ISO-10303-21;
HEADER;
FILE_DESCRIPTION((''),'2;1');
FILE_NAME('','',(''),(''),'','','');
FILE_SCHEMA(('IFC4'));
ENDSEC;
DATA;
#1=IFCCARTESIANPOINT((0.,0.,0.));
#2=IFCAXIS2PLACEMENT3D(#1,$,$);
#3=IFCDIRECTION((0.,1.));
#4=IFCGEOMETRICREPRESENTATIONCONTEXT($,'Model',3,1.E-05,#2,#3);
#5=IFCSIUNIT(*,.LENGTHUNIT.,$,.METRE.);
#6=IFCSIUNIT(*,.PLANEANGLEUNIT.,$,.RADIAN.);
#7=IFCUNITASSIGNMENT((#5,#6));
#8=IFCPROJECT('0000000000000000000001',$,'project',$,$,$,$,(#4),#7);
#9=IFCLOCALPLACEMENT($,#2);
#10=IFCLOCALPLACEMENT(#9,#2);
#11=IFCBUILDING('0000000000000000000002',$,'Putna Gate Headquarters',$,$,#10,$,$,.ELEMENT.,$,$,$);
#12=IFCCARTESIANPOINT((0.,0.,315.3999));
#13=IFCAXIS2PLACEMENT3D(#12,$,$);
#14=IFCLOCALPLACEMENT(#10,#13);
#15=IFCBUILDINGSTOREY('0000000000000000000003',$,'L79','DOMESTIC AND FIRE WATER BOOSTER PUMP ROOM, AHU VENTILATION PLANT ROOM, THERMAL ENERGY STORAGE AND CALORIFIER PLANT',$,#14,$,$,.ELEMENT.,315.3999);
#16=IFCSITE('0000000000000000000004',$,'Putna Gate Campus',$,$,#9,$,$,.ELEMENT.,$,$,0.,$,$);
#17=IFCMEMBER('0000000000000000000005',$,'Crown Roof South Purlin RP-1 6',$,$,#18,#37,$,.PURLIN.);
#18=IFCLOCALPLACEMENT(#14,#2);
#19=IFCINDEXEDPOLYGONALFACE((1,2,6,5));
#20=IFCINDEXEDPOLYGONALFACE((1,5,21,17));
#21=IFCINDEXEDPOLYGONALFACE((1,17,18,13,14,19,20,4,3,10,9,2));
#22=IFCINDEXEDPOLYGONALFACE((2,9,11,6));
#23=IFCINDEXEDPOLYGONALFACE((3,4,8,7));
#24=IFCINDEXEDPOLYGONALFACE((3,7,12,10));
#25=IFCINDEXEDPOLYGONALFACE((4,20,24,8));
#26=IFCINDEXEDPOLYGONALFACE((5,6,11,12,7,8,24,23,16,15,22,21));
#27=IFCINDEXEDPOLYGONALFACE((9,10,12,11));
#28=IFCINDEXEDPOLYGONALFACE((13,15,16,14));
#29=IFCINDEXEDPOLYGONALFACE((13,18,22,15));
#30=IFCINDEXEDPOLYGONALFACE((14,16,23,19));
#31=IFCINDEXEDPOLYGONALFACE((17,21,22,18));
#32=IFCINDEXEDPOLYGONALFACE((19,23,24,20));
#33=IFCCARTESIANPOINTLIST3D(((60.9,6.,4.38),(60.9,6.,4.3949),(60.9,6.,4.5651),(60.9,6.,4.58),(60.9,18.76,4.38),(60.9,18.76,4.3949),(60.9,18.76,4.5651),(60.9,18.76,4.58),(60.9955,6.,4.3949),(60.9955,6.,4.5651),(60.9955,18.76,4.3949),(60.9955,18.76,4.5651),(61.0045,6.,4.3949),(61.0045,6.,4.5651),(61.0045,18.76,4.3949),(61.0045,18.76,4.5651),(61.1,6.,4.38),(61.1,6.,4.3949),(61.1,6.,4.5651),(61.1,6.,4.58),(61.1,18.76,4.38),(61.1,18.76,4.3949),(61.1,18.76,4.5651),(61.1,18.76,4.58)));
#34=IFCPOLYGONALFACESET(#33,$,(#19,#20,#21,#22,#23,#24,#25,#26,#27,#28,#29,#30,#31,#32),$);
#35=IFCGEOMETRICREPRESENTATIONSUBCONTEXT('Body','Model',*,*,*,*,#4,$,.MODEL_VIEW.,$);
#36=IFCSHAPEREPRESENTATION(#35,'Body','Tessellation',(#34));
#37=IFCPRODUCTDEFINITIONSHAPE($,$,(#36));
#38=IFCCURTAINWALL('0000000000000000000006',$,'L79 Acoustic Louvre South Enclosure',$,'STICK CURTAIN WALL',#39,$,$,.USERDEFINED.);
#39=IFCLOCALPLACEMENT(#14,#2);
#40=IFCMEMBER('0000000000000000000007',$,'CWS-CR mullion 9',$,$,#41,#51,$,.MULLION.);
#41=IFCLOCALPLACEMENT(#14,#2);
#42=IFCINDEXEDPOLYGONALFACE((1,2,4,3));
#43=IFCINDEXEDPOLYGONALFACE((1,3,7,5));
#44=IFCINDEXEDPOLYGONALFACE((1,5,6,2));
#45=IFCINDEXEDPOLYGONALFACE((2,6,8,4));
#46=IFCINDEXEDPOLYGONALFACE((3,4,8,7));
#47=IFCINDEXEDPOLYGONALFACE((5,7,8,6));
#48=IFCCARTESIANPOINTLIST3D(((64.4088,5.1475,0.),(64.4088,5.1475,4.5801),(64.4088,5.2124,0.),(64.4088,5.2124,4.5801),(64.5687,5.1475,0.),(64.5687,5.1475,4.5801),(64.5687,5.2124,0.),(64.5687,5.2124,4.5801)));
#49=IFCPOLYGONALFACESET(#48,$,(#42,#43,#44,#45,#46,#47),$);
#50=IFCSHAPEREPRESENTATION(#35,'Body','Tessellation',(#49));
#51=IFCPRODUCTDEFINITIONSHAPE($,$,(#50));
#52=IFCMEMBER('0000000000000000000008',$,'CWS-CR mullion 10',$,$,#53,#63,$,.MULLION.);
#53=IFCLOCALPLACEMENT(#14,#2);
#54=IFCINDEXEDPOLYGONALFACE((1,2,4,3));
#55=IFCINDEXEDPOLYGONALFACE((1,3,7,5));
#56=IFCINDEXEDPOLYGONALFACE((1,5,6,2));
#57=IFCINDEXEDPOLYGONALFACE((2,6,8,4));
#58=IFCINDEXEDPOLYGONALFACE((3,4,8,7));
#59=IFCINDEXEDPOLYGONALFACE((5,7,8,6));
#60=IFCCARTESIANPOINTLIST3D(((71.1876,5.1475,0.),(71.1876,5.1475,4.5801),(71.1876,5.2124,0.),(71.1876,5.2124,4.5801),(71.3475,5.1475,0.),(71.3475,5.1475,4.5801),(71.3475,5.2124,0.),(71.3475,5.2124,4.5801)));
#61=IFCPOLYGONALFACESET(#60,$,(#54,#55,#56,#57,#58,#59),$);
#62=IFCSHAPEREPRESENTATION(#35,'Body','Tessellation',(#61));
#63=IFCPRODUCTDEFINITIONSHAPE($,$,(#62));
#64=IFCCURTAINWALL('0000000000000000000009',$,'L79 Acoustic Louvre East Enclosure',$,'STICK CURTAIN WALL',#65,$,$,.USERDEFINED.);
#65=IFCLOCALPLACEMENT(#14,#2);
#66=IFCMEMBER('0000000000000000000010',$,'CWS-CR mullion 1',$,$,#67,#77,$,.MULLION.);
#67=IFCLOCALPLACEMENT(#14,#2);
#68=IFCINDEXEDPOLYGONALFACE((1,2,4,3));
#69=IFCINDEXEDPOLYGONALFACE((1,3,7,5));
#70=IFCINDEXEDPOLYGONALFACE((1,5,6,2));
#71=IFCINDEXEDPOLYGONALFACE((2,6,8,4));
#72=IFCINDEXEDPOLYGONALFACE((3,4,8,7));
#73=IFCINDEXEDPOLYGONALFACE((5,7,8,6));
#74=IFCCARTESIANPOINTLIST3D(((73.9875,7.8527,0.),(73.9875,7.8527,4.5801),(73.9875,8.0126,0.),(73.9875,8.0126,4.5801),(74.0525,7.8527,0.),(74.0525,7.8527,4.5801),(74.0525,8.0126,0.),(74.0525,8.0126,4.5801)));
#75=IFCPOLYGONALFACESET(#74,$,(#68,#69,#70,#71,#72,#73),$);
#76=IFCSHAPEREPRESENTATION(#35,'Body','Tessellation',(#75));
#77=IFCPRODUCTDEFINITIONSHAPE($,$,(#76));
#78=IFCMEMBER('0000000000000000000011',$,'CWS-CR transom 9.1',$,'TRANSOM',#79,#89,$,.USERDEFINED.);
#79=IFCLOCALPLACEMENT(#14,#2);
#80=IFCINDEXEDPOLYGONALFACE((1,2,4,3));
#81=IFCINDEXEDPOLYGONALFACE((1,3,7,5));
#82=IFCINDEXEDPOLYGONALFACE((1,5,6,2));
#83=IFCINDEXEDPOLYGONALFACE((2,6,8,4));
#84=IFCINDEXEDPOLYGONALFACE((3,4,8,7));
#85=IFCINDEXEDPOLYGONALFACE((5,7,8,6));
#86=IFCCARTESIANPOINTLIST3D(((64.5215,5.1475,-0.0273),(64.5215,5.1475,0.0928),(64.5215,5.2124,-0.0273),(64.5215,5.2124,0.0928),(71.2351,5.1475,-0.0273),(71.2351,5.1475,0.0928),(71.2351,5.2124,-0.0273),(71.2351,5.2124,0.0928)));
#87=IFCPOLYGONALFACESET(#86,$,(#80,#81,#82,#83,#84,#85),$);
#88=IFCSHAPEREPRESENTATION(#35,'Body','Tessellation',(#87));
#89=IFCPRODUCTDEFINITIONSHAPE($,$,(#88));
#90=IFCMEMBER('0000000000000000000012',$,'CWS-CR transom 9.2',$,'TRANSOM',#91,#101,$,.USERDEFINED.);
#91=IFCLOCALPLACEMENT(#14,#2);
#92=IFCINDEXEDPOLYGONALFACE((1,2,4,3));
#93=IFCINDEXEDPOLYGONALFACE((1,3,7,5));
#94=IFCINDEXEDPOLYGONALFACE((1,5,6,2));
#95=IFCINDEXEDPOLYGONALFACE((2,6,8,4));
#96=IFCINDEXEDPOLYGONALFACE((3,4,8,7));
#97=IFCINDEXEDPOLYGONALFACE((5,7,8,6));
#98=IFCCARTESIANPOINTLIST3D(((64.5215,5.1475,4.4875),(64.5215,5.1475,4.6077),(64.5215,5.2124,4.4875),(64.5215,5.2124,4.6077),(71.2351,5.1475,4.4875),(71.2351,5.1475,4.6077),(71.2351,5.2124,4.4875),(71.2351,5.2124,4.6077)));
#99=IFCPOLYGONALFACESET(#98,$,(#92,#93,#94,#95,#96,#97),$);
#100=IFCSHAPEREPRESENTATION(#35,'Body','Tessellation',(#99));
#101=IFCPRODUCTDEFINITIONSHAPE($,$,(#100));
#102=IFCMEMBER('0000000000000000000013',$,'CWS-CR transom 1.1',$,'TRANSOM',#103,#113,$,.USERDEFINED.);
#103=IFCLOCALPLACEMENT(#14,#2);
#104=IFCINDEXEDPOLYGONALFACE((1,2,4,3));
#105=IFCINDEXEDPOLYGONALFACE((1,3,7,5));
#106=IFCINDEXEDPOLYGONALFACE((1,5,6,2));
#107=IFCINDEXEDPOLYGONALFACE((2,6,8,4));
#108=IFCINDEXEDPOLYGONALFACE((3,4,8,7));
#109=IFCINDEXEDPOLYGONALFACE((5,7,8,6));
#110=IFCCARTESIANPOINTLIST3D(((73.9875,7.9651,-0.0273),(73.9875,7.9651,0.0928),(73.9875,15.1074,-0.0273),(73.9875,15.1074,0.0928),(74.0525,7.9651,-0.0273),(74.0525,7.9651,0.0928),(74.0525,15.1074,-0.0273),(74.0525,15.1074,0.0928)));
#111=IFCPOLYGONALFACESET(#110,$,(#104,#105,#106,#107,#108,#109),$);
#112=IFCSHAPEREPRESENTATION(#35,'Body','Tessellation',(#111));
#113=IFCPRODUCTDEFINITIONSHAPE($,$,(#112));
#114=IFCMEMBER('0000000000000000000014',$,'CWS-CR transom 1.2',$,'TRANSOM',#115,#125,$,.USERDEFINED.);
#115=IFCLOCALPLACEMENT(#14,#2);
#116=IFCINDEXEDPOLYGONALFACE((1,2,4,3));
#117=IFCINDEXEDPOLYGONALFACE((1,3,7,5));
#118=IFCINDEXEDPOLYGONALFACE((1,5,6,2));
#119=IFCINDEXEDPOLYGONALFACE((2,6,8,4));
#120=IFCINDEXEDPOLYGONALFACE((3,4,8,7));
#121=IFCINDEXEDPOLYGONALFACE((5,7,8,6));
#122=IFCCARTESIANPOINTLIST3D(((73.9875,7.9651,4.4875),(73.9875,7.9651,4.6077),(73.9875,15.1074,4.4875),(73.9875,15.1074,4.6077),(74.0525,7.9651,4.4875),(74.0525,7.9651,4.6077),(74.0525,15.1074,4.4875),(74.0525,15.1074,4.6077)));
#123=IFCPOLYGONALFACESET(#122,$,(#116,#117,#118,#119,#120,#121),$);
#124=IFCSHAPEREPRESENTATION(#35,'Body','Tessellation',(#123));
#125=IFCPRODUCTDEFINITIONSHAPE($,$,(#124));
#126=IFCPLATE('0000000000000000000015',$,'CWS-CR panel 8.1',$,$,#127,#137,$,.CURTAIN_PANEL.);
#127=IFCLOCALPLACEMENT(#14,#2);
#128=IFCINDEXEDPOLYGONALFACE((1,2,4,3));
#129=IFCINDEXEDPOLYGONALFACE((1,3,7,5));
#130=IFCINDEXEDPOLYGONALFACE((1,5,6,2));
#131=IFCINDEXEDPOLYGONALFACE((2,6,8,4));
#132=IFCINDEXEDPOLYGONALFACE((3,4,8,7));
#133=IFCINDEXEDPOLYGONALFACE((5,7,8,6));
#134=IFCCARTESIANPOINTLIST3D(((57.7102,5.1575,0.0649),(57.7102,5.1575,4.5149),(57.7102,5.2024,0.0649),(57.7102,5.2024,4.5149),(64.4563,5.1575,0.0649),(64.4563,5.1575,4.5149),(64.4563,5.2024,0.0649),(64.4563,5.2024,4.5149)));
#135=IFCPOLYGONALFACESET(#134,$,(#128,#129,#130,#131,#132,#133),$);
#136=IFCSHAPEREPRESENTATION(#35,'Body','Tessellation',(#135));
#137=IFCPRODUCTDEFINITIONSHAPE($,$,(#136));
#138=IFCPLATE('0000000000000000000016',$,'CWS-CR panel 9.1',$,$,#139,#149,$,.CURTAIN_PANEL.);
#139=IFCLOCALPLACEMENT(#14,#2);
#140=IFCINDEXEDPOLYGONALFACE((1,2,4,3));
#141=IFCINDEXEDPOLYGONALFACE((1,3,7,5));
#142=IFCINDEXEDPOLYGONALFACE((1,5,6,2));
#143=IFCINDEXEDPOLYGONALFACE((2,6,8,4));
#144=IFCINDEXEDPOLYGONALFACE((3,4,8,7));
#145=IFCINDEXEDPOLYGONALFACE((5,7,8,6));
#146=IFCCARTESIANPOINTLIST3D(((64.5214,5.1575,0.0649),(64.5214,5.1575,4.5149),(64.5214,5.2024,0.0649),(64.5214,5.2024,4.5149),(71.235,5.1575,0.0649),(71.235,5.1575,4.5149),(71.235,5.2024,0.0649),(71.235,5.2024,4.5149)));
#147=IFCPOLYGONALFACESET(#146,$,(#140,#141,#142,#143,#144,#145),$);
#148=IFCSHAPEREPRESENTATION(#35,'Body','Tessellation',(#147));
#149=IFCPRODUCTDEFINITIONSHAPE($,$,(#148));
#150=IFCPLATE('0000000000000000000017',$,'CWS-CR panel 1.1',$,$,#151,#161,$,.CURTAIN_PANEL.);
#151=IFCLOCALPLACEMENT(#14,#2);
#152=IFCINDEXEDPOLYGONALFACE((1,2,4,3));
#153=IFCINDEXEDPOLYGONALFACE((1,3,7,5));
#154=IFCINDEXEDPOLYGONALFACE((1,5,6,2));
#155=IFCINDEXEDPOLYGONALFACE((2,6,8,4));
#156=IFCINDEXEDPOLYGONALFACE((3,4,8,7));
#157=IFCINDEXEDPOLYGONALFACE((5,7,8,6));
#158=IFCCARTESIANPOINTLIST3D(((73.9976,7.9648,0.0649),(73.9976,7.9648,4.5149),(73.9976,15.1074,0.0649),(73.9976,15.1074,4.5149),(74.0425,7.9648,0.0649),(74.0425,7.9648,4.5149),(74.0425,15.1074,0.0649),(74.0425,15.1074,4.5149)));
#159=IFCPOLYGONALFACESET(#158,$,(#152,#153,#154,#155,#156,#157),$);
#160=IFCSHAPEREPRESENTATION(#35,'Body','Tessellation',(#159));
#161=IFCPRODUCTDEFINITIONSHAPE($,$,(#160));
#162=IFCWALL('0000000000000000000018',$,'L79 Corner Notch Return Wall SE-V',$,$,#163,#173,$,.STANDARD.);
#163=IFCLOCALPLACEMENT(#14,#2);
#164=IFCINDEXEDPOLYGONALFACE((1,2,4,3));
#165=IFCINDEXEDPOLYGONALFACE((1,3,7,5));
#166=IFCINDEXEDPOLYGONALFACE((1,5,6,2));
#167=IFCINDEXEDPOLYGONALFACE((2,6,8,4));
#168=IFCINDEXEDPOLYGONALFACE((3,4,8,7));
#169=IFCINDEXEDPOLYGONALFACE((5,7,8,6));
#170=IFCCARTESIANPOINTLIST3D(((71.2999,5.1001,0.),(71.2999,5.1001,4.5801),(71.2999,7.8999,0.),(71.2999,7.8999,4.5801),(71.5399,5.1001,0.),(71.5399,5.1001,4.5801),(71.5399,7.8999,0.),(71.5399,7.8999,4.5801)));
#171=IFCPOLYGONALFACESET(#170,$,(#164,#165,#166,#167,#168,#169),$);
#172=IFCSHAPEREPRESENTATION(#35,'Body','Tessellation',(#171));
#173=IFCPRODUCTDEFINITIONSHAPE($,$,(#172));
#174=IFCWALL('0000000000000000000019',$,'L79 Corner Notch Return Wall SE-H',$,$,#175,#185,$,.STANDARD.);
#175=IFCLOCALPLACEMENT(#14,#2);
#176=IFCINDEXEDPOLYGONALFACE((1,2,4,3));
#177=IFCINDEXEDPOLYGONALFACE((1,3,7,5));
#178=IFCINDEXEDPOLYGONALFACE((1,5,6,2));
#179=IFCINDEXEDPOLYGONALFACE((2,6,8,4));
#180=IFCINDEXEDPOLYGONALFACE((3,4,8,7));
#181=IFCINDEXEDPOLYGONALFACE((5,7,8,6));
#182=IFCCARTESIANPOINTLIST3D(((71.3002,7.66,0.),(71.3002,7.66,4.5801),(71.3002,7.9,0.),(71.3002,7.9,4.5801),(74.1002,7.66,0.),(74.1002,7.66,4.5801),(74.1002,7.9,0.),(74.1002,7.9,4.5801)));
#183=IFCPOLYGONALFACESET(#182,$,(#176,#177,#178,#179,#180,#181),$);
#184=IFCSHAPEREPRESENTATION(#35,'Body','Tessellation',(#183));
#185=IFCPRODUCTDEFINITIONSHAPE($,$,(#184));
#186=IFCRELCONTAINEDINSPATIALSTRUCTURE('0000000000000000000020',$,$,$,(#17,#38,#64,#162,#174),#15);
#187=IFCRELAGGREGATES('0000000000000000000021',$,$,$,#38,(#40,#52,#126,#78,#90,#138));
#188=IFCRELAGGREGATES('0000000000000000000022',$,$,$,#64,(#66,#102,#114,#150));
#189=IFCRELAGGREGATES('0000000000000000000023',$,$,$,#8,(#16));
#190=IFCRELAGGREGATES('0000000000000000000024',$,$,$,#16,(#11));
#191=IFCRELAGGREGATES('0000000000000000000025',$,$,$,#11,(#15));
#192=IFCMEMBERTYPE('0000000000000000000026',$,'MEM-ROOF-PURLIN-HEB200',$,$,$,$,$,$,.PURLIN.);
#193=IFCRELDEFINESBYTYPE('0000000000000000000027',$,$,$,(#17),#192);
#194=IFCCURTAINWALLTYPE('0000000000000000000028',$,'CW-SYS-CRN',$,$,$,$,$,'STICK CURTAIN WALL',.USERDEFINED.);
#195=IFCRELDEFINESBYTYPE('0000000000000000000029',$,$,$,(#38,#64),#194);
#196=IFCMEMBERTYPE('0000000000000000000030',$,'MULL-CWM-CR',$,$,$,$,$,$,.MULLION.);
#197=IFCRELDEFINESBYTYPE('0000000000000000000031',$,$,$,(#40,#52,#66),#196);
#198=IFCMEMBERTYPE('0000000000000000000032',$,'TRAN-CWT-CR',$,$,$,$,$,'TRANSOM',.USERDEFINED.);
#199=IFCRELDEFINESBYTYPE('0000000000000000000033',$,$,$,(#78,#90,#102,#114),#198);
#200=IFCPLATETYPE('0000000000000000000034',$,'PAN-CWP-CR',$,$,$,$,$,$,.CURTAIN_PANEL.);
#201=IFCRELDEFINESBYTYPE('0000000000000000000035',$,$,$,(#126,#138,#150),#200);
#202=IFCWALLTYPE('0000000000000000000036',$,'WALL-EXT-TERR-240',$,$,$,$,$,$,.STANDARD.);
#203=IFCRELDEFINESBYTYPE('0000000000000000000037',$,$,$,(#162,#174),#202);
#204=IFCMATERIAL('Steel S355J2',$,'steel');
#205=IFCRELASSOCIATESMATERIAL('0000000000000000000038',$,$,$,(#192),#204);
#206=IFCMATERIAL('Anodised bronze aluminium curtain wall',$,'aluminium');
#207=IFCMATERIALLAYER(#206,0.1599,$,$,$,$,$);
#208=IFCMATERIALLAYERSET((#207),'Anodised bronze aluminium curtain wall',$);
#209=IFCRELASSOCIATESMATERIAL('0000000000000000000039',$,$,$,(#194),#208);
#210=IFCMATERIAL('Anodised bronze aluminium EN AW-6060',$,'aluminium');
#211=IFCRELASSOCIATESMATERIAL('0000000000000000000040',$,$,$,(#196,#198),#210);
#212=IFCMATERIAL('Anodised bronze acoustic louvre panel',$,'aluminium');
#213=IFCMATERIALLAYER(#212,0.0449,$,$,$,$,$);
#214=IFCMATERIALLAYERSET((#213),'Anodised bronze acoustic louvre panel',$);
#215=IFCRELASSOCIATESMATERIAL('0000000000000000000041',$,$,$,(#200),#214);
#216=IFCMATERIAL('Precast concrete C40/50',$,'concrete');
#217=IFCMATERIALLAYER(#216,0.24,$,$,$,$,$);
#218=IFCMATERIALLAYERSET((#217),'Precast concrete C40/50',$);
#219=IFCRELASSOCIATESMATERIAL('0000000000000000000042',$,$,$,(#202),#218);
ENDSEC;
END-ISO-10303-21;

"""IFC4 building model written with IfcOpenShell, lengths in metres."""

from ifc_helpers import new_model, si_unit, direction, frame, frame_2d, origin, origin_2d, place, context, subcontext, project, spatial, rectangle, i_section, extrude, material, layer, layer_set, material_profile, profile_set, type_object, element, aggregate, save


model = new_model("IFC4")

# Units and contexts
model_context = context("Model", 3, precision=1e-05, world=origin(), true_north=direction((0.0, 1.0)))
body_context = subcontext(model_context, "Body", "Model", "MODEL_VIEW")
ifc_project = project(units=[si_unit("LENGTHUNIT", "METRE"), si_unit("PLANEANGLEUNIT", "RADIAN")], contexts=[model_context])

# Site, building, storey
site_placement = place(None, origin())
site = spatial("IfcSite", under=ifc_project, at=site_placement, Name="Putna Gate Campus", CompositionType="ELEMENT", RefElevation=0.0)
building_placement = place(site_placement, origin())
building = spatial("IfcBuilding", under=site, at=building_placement, Name="Putna Gate Headquarters", CompositionType="ELEMENT")
storey_placement = place(building_placement, frame((0.0, 0.0, 315.3999)))
storey = spatial("IfcBuildingStorey", under=building, at=storey_placement, Name="L79", Description="DOMESTIC AND FIRE WATER BOOSTER PUMP ROOM, AHU VENTILATION PLANT ROOM, THERMAL ENERGY STORAGE AND CALORIFIER PLANT", CompositionType="ELEMENT", Elevation=315.3999)

# Shared definitions
ifc_material_1 = material(Name="Steel S355J2", Category="steel")

# Member
ifc_material_profile_1 = material_profile(ifc_material_1, i_section(OverallWidth=0.2, OverallDepth=0.2, WebThickness=0.009, FlangeThickness=0.0149, at=origin_2d()), Name="Steel S355J2")
ifc_profile_set_1 = profile_set([ifc_material_profile_1], Name="Steel S355J2")
member_type_1 = type_object("IfcMemberType", Name="MEM-ROOF-PURLIN-HEB200", PredefinedType="PURLIN", material=ifc_profile_set_1)
member_1_placement = place(storey_placement, frame((61.0, 6.0, 4.48), z_axis=(0.0, 1.0, 0.0), x_axis=(-1.0, 0.0, 0.0)))
element("IfcMember", 1, at=member_1_placement, inside=storey, type_object=member_type_1, Name="Crown Roof South Purlin RP-1 6", PredefinedType="PURLIN", context=body_context, shape_type="SweptSolid", body=[
    extrude(i_section(OverallWidth=0.2, OverallDepth=0.2, WebThickness=0.009, FlangeThickness=0.0149, at=origin_2d()), origin(), (0.0, 0.0, 1.0), 12.76),
])

# Curtain wall, members
ifc_material_2 = material(Name="Anodised bronze aluminium curtain wall", Category="aluminium")
ifc_layer_1 = layer(ifc_material_2, 0.1599)
ifc_layer_set_1 = layer_set([ifc_layer_1], Name="Anodised bronze aluminium curtain wall")
curtain_wall_type = type_object("IfcCurtainWallType", Name="CW-SYS-CRN", ElementType="STICK CURTAIN WALL", PredefinedType="USERDEFINED", material=ifc_layer_set_1)
curtain_wall_1_placement = place(storey_placement, origin())
curtain_wall_1 = element("IfcCurtainWall", 2, at=curtain_wall_1_placement, inside=storey, type_object=curtain_wall_type, Name="L79 Acoustic Louvre South Enclosure", ObjectType="STICK CURTAIN WALL", PredefinedType="USERDEFINED")
ifc_material_3 = material(Name="Anodised bronze aluminium EN AW-6060", Category="aluminium")
ifc_material_profile_2 = material_profile(ifc_material_3, rectangle(XDim=0.0649, YDim=0.1599, at=origin_2d()), Name="Anodised bronze aluminium EN AW-6060")
ifc_profile_set_2 = profile_set([ifc_material_profile_2], Name="Anodised bronze aluminium EN AW-6060")
member_type_2 = type_object("IfcMemberType", Name="MULL-CWM-CR", PredefinedType="MULLION", material=ifc_profile_set_2)
member_2_placement = place(storey_placement, frame((64.4888, 5.1799, 0.0), z_axis=(0.0, 0.0, 1.0), x_axis=(0.0, 1.0, 0.0)))
member_2 = element("IfcMember", 3, at=member_2_placement, type_object=member_type_2, Name="CWS-CR mullion 9", PredefinedType="MULLION", context=body_context, shape_type="SweptSolid", body=[
    extrude(rectangle(XDim=0.0649, YDim=0.1599, at=origin_2d()), origin(), (0.0, 0.0, 1.0), 4.5801),
])
member_3_placement = place(storey_placement, frame((71.2676, 5.1799, 0.0), z_axis=(0.0, 0.0, 1.0), x_axis=(0.0, 1.0, 0.0)))
member_3 = element("IfcMember", 4, at=member_3_placement, type_object=member_type_2, Name="CWS-CR mullion 10", PredefinedType="MULLION", context=body_context, shape_type="SweptSolid", body=[
    extrude(rectangle(XDim=0.0649, YDim=0.1599, at=origin_2d()), origin(), (0.0, 0.0, 1.0), 4.5801),
])

# Curtain wall, member
curtain_wall_2_placement = place(storey_placement, origin())
curtain_wall_2 = element("IfcCurtainWall", 5, at=curtain_wall_2_placement, inside=storey, type_object=curtain_wall_type, Name="L79 Acoustic Louvre East Enclosure", ObjectType="STICK CURTAIN WALL", PredefinedType="USERDEFINED")
member_4_placement = place(storey_placement, frame((74.02, 7.9326, 0.0), z_axis=(0.0, 0.0, 1.0), x_axis=(-1.0, 0.0, 0.0)))
member_4 = element("IfcMember", 6, at=member_4_placement, type_object=member_type_2, Name="CWS-CR mullion 1", PredefinedType="MULLION", context=body_context, shape_type="SweptSolid", body=[
    extrude(rectangle(XDim=0.0649, YDim=0.1599, at=origin_2d()), origin(), (0.0, 0.0, 1.0), 4.5801),
])

# Members
ifc_material_profile_3 = material_profile(ifc_material_3, rectangle(XDim=0.0649, YDim=0.1201, at=origin_2d()), Name="Anodised bronze aluminium EN AW-6060")
ifc_profile_set_3 = profile_set([ifc_material_profile_3], Name="Anodised bronze aluminium EN AW-6060")
member_type_3 = type_object("IfcMemberType", Name="TRAN-CWT-CR", ElementType="TRANSOM", PredefinedType="USERDEFINED", material=ifc_profile_set_3)
member_5_placement = place(storey_placement, frame((64.5215, 5.1799, 0.0327), z_axis=(1.0, 0.0, 0.0), x_axis=(0.0, 1.0, 0.0)))
member_5 = element("IfcMember", 7, at=member_5_placement, type_object=member_type_3, Name="CWS-CR transom 9.1", ObjectType="TRANSOM", PredefinedType="USERDEFINED", context=body_context, shape_type="SweptSolid", body=[
    extrude(rectangle(XDim=0.0649, YDim=0.1201, at=origin_2d()), origin(), (0.0, 0.0, 1.0), 6.7136),
])
member_6_placement = place(storey_placement, frame((64.5215, 5.1799, 4.5476), z_axis=(1.0, 0.0, 0.0), x_axis=(0.0, 1.0, 0.0)))
member_6 = element("IfcMember", 8, at=member_6_placement, type_object=member_type_3, Name="CWS-CR transom 9.2", ObjectType="TRANSOM", PredefinedType="USERDEFINED", context=body_context, shape_type="SweptSolid", body=[
    extrude(rectangle(XDim=0.0649, YDim=0.1201, at=origin_2d()), origin(), (0.0, 0.0, 1.0), 6.7136),
])
member_7_placement = place(storey_placement, frame((74.02, 7.9651, 0.0327), z_axis=(0.0, 1.0, 0.0), x_axis=(-1.0, 0.0, 0.0)))
member_7 = element("IfcMember", 9, at=member_7_placement, type_object=member_type_3, Name="CWS-CR transom 1.1", ObjectType="TRANSOM", PredefinedType="USERDEFINED", context=body_context, shape_type="SweptSolid", body=[
    extrude(rectangle(XDim=0.0649, YDim=0.1201, at=origin_2d()), origin(), (0.0, 0.0, 1.0), 7.1423),
])
member_8_placement = place(storey_placement, frame((74.02, 7.9651, 4.5476), z_axis=(0.0, 1.0, 0.0), x_axis=(-1.0, 0.0, 0.0)))
member_8 = element("IfcMember", 10, at=member_8_placement, type_object=member_type_3, Name="CWS-CR transom 1.2", ObjectType="TRANSOM", PredefinedType="USERDEFINED", context=body_context, shape_type="SweptSolid", body=[
    extrude(rectangle(XDim=0.0649, YDim=0.1201, at=origin_2d()), origin(), (0.0, 0.0, 1.0), 7.1423),
])

# Plates
ifc_material_4 = material(Name="Anodised bronze acoustic louvre panel", Category="aluminium")
ifc_layer_2 = layer(ifc_material_4, 0.0449)
ifc_layer_set_2 = layer_set([ifc_layer_2], Name="Anodised bronze acoustic louvre panel")
plate_type = type_object("IfcPlateType", Name="PAN-CWP-CR", PredefinedType="CURTAIN_PANEL", material=ifc_layer_set_2)
plate_1_placement = place(storey_placement, frame((61.0833, 5.1799, 0.0649), z_axis=(0.0, 0.0, 1.0), x_axis=(1.0, 0.0, 0.0)))
plate_1 = element("IfcPlate", 11, at=plate_1_placement, type_object=plate_type, Name="CWS-CR panel 8.1", PredefinedType="CURTAIN_PANEL", context=body_context, shape_type="SweptSolid", body=[
    extrude(rectangle(XDim=6.7461, YDim=0.0449, at=origin_2d()), origin(), (0.0, 0.0, 1.0), 4.45),
])
plate_2_placement = place(storey_placement, frame((67.8782, 5.1799, 0.0649), z_axis=(0.0, 0.0, 1.0), x_axis=(1.0, 0.0, 0.0)))
plate_2 = element("IfcPlate", 12, at=plate_2_placement, type_object=plate_type, Name="CWS-CR panel 9.1", PredefinedType="CURTAIN_PANEL", context=body_context, shape_type="SweptSolid", body=[
    extrude(rectangle(XDim=6.7136, YDim=0.0449, at=origin_2d()), origin(), (0.0, 0.0, 1.0), 4.45),
])
aggregate(curtain_wall_1, [member_2, member_3, plate_1, member_5, member_6, plate_2])
plate_3_placement = place(storey_placement, frame((74.02, 11.5361, 0.0649), z_axis=(0.0, 0.0, 1.0), x_axis=(0.0, 1.0, 0.0)))
plate_3 = element("IfcPlate", 13, at=plate_3_placement, type_object=plate_type, Name="CWS-CR panel 1.1", PredefinedType="CURTAIN_PANEL", context=body_context, shape_type="SweptSolid", body=[
    extrude(rectangle(XDim=7.1426, YDim=0.0449, at=origin_2d()), origin(), (0.0, 0.0, 1.0), 4.45),
])
aggregate(curtain_wall_2, [member_4, member_7, member_8, plate_3])

# Walls
ifc_material_5 = material(Name="Precast concrete C40/50", Category="concrete")
ifc_layer_3 = layer(ifc_material_5, 0.24)
ifc_layer_set_3 = layer_set([ifc_layer_3], Name="Precast concrete C40/50")
wall_type = type_object("IfcWallType", Name="WALL-EXT-TERR-240", PredefinedType="STANDARD", material=ifc_layer_set_3)
wall_1_placement = place(storey_placement, frame((71.4199, 7.8999, 0.0), z_axis=(0.0, 0.0, 1.0), x_axis=(0.0, -1.0, 0.0)))
element("IfcWall", 14, at=wall_1_placement, inside=storey, type_object=wall_type, Name="L79 Corner Notch Return Wall SE-V", PredefinedType="STANDARD", context=body_context, shape_type="SweptSolid", body=[
    extrude(rectangle(XDim=2.7998, YDim=0.24, at=frame_2d((1.3999, 0.0))), origin(), (0.0, 0.0, 1.0), 4.5801),
])
wall_2_placement = place(storey_placement, frame((74.1001, 7.78, 0.0), z_axis=(0.0, 0.0, 1.0), x_axis=(-1.0, 0.0, 0.0)))
element("IfcWall", 15, at=wall_2_placement, inside=storey, type_object=wall_type, Name="L79 Corner Notch Return Wall SE-H", PredefinedType="STANDARD", context=body_context, shape_type="SweptSolid", body=[
    extrude(rectangle(XDim=2.8, YDim=0.24, at=frame_2d((1.3999, 0.0))), origin(), (0.0, 0.0, 1.0), 4.5801),
])

save(model, "model.ifc")
